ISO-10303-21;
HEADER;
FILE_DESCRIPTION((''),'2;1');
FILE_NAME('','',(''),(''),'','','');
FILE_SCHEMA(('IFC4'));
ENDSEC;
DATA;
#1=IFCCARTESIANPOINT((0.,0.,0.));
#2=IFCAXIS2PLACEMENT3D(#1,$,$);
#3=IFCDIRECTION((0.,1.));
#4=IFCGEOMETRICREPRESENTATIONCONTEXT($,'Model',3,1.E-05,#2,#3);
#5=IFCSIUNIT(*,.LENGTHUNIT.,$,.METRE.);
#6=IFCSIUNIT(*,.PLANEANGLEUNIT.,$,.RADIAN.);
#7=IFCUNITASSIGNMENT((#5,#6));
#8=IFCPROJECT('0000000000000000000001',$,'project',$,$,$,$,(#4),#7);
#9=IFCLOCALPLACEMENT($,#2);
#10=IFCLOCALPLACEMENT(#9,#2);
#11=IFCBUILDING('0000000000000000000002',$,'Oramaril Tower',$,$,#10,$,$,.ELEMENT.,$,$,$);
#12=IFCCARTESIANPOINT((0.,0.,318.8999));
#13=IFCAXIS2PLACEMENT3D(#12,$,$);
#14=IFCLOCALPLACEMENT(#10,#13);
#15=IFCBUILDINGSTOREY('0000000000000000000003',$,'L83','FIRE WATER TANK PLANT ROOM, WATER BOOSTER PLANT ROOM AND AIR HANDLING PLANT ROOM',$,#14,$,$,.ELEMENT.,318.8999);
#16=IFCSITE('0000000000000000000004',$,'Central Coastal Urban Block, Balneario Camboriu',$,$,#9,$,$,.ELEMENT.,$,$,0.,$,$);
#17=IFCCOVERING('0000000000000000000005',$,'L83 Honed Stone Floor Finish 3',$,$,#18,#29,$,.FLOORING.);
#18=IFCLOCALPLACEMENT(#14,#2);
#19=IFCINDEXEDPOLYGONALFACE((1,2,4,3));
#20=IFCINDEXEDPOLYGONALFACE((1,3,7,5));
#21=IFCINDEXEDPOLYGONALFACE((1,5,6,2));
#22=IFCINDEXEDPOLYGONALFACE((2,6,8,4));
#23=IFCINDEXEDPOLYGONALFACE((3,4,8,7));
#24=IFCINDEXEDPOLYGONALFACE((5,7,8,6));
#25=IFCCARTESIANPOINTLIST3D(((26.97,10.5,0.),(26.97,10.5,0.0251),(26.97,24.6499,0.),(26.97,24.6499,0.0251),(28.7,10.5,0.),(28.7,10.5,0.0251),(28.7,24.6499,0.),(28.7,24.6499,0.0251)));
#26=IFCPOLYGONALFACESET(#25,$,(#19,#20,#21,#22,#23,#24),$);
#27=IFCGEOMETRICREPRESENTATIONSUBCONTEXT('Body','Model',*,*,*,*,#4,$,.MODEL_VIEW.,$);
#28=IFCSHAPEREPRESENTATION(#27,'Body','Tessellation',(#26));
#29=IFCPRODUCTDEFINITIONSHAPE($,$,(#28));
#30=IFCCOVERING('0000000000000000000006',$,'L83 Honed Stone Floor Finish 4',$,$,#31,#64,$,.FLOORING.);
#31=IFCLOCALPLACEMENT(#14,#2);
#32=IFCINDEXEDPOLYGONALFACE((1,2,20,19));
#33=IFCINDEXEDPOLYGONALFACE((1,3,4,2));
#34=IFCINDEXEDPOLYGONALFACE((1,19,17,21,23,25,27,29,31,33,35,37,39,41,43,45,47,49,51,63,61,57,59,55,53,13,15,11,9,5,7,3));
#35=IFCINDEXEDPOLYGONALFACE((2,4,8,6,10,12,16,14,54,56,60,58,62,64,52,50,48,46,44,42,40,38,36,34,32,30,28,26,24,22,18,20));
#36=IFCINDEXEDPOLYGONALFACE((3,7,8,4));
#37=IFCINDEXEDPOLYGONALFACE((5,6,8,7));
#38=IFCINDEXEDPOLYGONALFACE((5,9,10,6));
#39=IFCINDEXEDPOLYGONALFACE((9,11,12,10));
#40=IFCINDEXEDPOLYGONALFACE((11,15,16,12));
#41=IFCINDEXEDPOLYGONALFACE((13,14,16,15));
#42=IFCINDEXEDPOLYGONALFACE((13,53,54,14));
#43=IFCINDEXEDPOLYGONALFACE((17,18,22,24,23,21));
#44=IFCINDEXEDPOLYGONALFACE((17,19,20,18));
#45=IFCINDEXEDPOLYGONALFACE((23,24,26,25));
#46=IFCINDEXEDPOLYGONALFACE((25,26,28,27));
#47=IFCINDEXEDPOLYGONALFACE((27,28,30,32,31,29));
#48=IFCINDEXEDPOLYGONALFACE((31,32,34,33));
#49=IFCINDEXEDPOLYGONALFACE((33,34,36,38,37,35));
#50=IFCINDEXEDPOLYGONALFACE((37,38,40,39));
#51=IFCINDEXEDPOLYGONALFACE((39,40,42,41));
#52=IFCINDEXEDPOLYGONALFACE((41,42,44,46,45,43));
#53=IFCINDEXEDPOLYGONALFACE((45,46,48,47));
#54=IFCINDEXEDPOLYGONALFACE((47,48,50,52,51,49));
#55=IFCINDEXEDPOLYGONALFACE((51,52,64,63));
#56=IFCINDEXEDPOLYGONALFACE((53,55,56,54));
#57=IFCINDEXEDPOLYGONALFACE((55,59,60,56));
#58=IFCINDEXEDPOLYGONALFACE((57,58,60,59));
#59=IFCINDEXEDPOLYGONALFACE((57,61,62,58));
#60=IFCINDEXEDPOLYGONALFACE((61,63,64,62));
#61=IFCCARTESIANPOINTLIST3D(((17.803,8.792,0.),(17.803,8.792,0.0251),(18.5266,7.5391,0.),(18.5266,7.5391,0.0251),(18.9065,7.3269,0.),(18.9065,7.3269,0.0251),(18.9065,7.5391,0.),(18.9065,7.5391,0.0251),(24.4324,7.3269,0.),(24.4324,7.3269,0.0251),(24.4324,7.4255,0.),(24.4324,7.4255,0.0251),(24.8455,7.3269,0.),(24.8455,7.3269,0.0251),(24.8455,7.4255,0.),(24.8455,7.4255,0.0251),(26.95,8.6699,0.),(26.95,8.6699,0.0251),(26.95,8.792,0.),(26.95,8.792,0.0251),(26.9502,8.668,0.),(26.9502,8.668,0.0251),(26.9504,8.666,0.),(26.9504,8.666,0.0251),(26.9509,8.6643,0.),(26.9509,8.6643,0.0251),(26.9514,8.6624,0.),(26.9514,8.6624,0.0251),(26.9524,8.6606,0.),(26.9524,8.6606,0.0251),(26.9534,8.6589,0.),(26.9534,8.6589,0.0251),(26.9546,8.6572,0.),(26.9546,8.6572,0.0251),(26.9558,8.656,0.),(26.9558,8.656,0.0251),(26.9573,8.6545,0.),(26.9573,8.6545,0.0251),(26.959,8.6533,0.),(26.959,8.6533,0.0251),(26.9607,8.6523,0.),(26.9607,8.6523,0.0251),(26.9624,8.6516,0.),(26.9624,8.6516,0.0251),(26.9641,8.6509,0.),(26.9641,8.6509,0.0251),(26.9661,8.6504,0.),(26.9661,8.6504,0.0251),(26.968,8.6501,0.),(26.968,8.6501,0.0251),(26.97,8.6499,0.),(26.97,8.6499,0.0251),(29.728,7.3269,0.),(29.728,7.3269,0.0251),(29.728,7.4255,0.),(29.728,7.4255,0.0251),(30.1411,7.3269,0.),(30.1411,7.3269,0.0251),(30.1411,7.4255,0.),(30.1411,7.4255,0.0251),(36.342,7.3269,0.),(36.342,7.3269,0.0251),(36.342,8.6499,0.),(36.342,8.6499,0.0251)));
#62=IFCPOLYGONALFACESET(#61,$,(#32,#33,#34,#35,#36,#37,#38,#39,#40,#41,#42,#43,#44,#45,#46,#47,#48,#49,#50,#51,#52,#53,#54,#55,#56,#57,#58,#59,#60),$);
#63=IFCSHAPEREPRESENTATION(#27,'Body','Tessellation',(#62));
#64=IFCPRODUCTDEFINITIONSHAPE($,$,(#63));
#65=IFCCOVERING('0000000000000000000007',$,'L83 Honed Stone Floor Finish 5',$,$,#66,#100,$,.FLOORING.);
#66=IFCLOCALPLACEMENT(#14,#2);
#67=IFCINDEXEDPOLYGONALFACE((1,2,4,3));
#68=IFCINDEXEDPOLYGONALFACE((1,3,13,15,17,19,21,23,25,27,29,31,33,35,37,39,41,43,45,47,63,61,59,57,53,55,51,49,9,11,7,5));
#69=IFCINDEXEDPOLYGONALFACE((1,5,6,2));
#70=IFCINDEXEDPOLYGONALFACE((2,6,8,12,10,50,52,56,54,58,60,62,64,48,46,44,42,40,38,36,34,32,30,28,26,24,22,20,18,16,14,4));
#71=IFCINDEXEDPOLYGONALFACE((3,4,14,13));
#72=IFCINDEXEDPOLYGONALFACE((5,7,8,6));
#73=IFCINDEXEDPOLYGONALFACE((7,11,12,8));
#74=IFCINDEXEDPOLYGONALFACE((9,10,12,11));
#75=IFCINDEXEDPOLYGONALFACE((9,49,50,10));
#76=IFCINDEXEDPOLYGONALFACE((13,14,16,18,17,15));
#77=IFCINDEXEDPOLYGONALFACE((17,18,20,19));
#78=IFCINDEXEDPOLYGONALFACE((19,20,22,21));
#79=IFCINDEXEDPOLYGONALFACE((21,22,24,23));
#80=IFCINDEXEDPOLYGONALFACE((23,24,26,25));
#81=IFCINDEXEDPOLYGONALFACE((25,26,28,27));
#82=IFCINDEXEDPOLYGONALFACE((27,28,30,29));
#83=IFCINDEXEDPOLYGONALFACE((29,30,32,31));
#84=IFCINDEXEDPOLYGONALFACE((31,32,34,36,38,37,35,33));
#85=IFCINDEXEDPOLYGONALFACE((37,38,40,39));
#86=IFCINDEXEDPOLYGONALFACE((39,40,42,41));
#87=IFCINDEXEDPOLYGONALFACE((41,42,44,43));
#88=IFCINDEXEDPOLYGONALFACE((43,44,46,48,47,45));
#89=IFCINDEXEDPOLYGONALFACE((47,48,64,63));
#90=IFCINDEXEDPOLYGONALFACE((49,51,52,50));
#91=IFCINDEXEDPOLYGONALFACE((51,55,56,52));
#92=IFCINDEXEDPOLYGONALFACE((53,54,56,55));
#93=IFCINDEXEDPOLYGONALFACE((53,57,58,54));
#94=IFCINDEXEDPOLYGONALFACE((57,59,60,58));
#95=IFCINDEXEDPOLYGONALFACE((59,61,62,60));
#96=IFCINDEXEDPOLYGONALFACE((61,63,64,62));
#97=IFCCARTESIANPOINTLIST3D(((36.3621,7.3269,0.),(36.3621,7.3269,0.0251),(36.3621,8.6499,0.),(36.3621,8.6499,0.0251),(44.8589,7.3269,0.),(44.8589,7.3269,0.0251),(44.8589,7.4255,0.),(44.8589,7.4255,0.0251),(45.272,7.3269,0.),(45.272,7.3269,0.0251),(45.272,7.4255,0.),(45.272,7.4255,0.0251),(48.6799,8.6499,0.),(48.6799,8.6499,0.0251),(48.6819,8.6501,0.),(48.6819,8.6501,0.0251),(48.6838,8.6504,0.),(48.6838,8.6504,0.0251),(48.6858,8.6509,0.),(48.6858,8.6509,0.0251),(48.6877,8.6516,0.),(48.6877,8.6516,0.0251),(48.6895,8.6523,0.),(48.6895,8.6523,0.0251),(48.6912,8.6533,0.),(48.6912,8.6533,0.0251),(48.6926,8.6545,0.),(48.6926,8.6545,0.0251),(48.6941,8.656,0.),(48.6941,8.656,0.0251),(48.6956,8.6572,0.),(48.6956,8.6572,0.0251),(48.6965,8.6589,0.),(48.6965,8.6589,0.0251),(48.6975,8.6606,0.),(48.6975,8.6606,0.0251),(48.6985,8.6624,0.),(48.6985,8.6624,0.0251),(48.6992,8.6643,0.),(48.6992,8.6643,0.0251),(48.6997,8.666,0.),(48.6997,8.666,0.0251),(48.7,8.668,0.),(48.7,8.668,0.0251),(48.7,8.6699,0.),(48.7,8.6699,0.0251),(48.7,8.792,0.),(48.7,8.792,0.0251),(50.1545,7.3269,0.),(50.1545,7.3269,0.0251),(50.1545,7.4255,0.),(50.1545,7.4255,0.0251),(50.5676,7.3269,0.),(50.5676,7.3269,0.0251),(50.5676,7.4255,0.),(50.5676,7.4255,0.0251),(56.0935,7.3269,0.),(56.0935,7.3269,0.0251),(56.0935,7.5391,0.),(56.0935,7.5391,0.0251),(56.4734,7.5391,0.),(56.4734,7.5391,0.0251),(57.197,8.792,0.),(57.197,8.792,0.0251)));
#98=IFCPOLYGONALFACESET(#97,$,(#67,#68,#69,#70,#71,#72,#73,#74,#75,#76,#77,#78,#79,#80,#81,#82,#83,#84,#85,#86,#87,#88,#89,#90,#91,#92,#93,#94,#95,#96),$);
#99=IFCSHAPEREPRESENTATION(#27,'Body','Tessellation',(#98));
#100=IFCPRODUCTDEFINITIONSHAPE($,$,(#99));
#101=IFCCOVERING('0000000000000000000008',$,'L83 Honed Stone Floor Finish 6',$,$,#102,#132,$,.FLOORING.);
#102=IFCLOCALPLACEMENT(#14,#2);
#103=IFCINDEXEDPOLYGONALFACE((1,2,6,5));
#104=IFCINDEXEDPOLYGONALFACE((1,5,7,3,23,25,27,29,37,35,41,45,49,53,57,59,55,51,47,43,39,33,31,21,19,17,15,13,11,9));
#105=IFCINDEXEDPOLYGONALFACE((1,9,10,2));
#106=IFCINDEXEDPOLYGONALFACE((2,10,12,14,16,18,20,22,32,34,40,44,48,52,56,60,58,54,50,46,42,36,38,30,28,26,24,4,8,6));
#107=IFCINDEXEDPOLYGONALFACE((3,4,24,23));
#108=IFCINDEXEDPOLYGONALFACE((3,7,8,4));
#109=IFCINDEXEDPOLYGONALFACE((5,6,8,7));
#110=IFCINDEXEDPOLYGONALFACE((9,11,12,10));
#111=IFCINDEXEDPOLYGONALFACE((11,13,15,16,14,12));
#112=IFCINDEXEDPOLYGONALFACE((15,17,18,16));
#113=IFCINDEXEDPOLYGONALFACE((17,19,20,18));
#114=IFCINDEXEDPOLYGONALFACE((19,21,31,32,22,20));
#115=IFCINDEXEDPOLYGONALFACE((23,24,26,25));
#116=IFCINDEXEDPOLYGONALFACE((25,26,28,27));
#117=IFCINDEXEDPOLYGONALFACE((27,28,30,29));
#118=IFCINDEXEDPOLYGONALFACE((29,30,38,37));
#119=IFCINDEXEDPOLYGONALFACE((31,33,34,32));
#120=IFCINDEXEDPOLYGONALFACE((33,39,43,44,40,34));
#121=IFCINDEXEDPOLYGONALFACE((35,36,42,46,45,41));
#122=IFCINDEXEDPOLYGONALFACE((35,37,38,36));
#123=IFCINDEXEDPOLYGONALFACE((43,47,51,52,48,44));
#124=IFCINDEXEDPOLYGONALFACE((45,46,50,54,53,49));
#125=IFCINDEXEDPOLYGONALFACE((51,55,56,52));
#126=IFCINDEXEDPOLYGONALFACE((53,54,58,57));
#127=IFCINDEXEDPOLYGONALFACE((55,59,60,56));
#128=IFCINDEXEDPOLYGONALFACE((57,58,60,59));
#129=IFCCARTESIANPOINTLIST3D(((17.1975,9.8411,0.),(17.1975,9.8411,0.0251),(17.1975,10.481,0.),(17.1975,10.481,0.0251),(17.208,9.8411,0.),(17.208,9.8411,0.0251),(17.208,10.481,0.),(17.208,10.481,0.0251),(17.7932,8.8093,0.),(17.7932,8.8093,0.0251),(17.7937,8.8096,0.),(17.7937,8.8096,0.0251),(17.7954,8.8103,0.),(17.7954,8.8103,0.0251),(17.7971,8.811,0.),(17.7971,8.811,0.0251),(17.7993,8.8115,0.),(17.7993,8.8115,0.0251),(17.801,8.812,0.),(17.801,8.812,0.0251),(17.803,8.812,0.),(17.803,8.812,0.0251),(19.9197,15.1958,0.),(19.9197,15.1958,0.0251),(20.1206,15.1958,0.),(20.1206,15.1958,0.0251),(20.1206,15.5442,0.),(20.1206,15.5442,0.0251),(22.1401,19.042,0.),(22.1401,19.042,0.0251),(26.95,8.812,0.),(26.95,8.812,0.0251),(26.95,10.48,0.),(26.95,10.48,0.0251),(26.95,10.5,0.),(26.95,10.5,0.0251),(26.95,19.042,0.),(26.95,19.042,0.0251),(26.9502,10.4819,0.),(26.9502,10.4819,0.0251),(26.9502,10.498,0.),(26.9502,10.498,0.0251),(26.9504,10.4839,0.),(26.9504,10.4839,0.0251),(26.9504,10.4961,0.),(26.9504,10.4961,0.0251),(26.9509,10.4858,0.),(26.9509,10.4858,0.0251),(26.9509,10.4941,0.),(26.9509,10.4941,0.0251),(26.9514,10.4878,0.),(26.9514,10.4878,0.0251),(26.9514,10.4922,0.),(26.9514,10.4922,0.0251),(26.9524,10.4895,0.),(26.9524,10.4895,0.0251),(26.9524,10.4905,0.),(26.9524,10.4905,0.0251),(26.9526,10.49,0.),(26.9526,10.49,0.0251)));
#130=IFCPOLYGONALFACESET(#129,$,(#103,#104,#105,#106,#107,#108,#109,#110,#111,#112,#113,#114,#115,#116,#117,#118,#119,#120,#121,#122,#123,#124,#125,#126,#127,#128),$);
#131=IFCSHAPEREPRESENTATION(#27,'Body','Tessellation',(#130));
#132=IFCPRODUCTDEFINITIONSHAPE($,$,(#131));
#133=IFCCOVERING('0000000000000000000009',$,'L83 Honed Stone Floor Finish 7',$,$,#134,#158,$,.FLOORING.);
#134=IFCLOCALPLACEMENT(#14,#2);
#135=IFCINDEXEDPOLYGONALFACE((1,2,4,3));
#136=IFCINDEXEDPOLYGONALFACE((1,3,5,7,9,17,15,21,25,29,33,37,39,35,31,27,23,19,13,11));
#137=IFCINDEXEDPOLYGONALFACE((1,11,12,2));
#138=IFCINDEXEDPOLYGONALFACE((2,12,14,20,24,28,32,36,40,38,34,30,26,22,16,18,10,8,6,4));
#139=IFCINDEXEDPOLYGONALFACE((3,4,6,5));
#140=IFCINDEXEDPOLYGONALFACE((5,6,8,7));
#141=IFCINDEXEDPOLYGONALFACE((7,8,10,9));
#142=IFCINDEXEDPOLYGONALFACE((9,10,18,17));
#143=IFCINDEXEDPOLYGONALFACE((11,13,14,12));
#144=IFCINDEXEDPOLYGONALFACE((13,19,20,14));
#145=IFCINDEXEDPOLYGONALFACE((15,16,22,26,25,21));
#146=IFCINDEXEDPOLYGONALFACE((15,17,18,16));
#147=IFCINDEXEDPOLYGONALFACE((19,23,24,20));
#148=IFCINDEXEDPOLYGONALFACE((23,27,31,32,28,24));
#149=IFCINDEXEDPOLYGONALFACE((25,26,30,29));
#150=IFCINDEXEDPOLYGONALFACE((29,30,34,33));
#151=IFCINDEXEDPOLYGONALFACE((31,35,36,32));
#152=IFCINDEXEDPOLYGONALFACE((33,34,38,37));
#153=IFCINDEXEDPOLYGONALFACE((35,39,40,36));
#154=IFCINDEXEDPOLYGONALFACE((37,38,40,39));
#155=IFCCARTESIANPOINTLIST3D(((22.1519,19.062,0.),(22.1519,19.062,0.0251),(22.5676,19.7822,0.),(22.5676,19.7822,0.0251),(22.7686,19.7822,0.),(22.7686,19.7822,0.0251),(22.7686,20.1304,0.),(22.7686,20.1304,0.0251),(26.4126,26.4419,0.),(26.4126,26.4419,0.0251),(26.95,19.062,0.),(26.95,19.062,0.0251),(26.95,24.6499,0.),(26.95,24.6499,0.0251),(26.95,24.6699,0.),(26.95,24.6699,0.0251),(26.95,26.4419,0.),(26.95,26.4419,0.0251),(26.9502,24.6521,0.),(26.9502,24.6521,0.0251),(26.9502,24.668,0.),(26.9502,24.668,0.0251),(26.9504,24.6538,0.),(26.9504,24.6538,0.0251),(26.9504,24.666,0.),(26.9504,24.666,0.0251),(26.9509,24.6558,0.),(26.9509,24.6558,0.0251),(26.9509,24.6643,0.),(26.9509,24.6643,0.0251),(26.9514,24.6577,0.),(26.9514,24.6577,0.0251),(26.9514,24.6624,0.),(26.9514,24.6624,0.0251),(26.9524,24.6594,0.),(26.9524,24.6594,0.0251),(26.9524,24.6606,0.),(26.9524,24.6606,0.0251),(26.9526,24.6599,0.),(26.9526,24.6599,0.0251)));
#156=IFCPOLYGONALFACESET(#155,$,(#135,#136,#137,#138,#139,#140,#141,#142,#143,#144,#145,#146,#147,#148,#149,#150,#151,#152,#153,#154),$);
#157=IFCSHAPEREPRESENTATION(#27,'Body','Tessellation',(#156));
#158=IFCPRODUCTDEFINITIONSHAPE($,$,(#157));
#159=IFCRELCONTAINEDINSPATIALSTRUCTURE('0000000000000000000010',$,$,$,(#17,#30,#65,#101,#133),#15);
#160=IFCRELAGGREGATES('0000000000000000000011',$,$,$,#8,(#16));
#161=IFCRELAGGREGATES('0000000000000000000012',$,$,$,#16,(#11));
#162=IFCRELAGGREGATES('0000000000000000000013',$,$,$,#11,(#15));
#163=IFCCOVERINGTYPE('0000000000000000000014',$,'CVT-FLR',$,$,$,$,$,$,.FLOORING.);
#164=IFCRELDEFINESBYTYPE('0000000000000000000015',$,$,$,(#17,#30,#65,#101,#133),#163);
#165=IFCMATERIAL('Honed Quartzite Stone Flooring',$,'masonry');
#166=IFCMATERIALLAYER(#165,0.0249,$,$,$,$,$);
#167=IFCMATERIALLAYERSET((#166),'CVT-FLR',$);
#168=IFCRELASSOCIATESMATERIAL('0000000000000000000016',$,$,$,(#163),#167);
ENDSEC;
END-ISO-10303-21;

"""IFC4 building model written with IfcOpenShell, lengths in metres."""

from ifc_helpers import new_model, si_unit, direction, frame, origin, place, context, subcontext, project, spatial, polyline, outline, extrude, material, layer, layer_set, type_object, element, save


model = new_model("IFC4")

# Units and contexts
model_context = context("Model", 3, precision=1e-05, world=origin(), true_north=direction((0.0, 1.0)))
body_context = subcontext(model_context, "Body", "Model", "MODEL_VIEW")
ifc_project = project(units=[si_unit("LENGTHUNIT", "METRE"), si_unit("PLANEANGLEUNIT", "RADIAN")], contexts=[model_context])

# Site, building, storey
site_placement = place(None, origin())
site = spatial("IfcSite", under=ifc_project, at=site_placement, Name="Central Coastal Urban Block, Balneario Camboriu", CompositionType="ELEMENT", RefElevation=0.0)
building_placement = place(site_placement, origin())
building = spatial("IfcBuilding", under=site, at=building_placement, Name="Oramaril Tower", CompositionType="ELEMENT")
storey_placement = place(building_placement, frame((0.0, 0.0, 318.8999)))
storey = spatial("IfcBuildingStorey", under=building, at=storey_placement, Name="L83", Description="FIRE WATER TANK PLANT ROOM, WATER BOOSTER PLANT ROOM AND AIR HANDLING PLANT ROOM", CompositionType="ELEMENT", Elevation=318.8999)

# Coverings
ifc_material_1 = material(Name="Honed Quartzite Stone Flooring", Category="masonry")
ifc_layer_1 = layer(ifc_material_1, 0.0249)
ifc_layer_set_1 = layer_set([ifc_layer_1], Name="CVT-FLR")
covering_type_1 = type_object("IfcCoveringType", Name="CVT-FLR", PredefinedType="FLOORING", material=ifc_layer_set_1)
covering_1_placement = place(storey_placement, origin())
element("IfcCovering", 1, at=covering_1_placement, inside=storey, type_object=covering_type_1, Name="L83 Honed Stone Floor Finish 3", PredefinedType="FLOORING", context=body_context, shape_type="SweptSolid", body=[
    extrude(outline(polyline([(28.7, 10.5), (26.97, 10.5), (26.97, 24.6499), (28.7, 24.6499), (28.7, 10.5)])), origin(), (0.0, 0.0, 1.0), 0.0251),
])
covering_2_placement = place(storey_placement, origin())
element("IfcCovering", 2, at=covering_2_placement, inside=storey, type_object=covering_type_1, Name="L83 Honed Stone Floor Finish 4", PredefinedType="FLOORING", context=body_context, shape_type="SweptSolid", body=[
    extrude(outline(polyline([(36.342, 7.3269), (30.1411, 7.3269), (30.1411, 7.4255), (29.728, 7.4255), (29.728, 7.3269), (24.8455, 7.3269), (24.8455, 7.4255), (24.4324, 7.4255), (24.4324, 7.3269), (18.9065, 7.3269), (18.9065, 7.5391), (18.5266, 7.5391), (17.803, 8.792), (26.95, 8.792), (26.95, 8.6699), (26.9502, 8.668), (26.9504, 8.666), (26.9509, 8.6643), (26.9514, 8.6624), (26.9524, 8.6606), (26.9534, 8.6589), (26.9546, 8.6572), (26.9558, 8.656), (26.9573, 8.6545), (26.959, 8.6533), (26.9607, 8.6523), (26.9624, 8.6516), (26.9641, 8.6509), (26.9661, 8.6504), (26.968, 8.6501), (26.97, 8.6499), (36.342, 8.6499), (36.342, 7.3269)])), origin(), (0.0, 0.0, 1.0), 0.0251),
])
covering_3_placement = place(storey_placement, origin())
element("IfcCovering", 3, at=covering_3_placement, inside=storey, type_object=covering_type_1, Name="L83 Honed Stone Floor Finish 5", PredefinedType="FLOORING", context=body_context, shape_type="SweptSolid", body=[
    extrude(outline(polyline([(50.5676, 7.4255), (50.1545, 7.4255), (50.1545, 7.3269), (45.272, 7.3269), (45.272, 7.4255), (44.8589, 7.4255), (44.8589, 7.3269), (36.3621, 7.3269), (36.3621, 8.6499), (48.6799, 8.6499), (48.6819, 8.6501), (48.6838, 8.6504), (48.6858, 8.6509), (48.6877, 8.6516), (48.6895, 8.6523), (48.6912, 8.6533), (48.6926, 8.6545), (48.6941, 8.656), (48.6956, 8.6572), (48.6965, 8.6589), (48.6975, 8.6606), (48.6985, 8.6624), (48.6992, 8.6643), (48.6997, 8.666), (48.7, 8.668), (48.7, 8.6699), (48.7, 8.792), (57.197, 8.792), (56.4734, 7.5391), (56.0935, 7.5391), (56.0935, 7.3269), (50.5676, 7.3269), (50.5676, 7.4255)])), origin(), (0.0, 0.0, 1.0), 0.0251),
])
covering_4_placement = place(storey_placement, origin())
element("IfcCovering", 4, at=covering_4_placement, inside=storey, type_object=covering_type_1, Name="L83 Honed Stone Floor Finish 6", PredefinedType="FLOORING", context=body_context, shape_type="SweptSolid", body=[
    extrude(outline(polyline([(17.1975, 9.8411), (17.208, 9.8411), (17.208, 10.481), (17.1975, 10.481), (19.9197, 15.1958), (20.1206, 15.1958), (20.1206, 15.5442), (22.1401, 19.042), (26.95, 19.042), (26.95, 10.5), (26.9502, 10.498), (26.9504, 10.4961), (26.9509, 10.4941), (26.9514, 10.4922), (26.9524, 10.4905), (26.9526, 10.49), (26.9524, 10.4895), (26.9514, 10.4878), (26.9509, 10.4858), (26.9504, 10.4839), (26.9502, 10.4819), (26.95, 10.48), (26.95, 8.812), (17.803, 8.812), (17.801, 8.812), (17.7993, 8.8115), (17.7971, 8.811), (17.7954, 8.8103), (17.7937, 8.8096), (17.7932, 8.8093), (17.1975, 9.8411)])), origin(), (0.0, 0.0, 1.0), 0.0251),
])
covering_5_placement = place(storey_placement, origin())
element("IfcCovering", 5, at=covering_5_placement, inside=storey, type_object=covering_type_1, Name="L83 Honed Stone Floor Finish 7", PredefinedType="FLOORING", context=body_context, shape_type="SweptSolid", body=[
    extrude(outline(polyline([(22.5676, 19.7822), (22.7686, 19.7822), (22.7686, 20.1304), (26.4126, 26.4419), (26.95, 26.4419), (26.95, 24.6699), (26.9502, 24.668), (26.9504, 24.666), (26.9509, 24.6643), (26.9514, 24.6624), (26.9524, 24.6606), (26.9526, 24.6599), (26.9524, 24.6594), (26.9514, 24.6577), (26.9509, 24.6558), (26.9504, 24.6538), (26.9502, 24.6521), (26.95, 24.6499), (26.95, 19.062), (22.1519, 19.062), (22.5676, 19.7822)])), origin(), (0.0, 0.0, 1.0), 0.0251),
])

save(model, "model.ifc")
